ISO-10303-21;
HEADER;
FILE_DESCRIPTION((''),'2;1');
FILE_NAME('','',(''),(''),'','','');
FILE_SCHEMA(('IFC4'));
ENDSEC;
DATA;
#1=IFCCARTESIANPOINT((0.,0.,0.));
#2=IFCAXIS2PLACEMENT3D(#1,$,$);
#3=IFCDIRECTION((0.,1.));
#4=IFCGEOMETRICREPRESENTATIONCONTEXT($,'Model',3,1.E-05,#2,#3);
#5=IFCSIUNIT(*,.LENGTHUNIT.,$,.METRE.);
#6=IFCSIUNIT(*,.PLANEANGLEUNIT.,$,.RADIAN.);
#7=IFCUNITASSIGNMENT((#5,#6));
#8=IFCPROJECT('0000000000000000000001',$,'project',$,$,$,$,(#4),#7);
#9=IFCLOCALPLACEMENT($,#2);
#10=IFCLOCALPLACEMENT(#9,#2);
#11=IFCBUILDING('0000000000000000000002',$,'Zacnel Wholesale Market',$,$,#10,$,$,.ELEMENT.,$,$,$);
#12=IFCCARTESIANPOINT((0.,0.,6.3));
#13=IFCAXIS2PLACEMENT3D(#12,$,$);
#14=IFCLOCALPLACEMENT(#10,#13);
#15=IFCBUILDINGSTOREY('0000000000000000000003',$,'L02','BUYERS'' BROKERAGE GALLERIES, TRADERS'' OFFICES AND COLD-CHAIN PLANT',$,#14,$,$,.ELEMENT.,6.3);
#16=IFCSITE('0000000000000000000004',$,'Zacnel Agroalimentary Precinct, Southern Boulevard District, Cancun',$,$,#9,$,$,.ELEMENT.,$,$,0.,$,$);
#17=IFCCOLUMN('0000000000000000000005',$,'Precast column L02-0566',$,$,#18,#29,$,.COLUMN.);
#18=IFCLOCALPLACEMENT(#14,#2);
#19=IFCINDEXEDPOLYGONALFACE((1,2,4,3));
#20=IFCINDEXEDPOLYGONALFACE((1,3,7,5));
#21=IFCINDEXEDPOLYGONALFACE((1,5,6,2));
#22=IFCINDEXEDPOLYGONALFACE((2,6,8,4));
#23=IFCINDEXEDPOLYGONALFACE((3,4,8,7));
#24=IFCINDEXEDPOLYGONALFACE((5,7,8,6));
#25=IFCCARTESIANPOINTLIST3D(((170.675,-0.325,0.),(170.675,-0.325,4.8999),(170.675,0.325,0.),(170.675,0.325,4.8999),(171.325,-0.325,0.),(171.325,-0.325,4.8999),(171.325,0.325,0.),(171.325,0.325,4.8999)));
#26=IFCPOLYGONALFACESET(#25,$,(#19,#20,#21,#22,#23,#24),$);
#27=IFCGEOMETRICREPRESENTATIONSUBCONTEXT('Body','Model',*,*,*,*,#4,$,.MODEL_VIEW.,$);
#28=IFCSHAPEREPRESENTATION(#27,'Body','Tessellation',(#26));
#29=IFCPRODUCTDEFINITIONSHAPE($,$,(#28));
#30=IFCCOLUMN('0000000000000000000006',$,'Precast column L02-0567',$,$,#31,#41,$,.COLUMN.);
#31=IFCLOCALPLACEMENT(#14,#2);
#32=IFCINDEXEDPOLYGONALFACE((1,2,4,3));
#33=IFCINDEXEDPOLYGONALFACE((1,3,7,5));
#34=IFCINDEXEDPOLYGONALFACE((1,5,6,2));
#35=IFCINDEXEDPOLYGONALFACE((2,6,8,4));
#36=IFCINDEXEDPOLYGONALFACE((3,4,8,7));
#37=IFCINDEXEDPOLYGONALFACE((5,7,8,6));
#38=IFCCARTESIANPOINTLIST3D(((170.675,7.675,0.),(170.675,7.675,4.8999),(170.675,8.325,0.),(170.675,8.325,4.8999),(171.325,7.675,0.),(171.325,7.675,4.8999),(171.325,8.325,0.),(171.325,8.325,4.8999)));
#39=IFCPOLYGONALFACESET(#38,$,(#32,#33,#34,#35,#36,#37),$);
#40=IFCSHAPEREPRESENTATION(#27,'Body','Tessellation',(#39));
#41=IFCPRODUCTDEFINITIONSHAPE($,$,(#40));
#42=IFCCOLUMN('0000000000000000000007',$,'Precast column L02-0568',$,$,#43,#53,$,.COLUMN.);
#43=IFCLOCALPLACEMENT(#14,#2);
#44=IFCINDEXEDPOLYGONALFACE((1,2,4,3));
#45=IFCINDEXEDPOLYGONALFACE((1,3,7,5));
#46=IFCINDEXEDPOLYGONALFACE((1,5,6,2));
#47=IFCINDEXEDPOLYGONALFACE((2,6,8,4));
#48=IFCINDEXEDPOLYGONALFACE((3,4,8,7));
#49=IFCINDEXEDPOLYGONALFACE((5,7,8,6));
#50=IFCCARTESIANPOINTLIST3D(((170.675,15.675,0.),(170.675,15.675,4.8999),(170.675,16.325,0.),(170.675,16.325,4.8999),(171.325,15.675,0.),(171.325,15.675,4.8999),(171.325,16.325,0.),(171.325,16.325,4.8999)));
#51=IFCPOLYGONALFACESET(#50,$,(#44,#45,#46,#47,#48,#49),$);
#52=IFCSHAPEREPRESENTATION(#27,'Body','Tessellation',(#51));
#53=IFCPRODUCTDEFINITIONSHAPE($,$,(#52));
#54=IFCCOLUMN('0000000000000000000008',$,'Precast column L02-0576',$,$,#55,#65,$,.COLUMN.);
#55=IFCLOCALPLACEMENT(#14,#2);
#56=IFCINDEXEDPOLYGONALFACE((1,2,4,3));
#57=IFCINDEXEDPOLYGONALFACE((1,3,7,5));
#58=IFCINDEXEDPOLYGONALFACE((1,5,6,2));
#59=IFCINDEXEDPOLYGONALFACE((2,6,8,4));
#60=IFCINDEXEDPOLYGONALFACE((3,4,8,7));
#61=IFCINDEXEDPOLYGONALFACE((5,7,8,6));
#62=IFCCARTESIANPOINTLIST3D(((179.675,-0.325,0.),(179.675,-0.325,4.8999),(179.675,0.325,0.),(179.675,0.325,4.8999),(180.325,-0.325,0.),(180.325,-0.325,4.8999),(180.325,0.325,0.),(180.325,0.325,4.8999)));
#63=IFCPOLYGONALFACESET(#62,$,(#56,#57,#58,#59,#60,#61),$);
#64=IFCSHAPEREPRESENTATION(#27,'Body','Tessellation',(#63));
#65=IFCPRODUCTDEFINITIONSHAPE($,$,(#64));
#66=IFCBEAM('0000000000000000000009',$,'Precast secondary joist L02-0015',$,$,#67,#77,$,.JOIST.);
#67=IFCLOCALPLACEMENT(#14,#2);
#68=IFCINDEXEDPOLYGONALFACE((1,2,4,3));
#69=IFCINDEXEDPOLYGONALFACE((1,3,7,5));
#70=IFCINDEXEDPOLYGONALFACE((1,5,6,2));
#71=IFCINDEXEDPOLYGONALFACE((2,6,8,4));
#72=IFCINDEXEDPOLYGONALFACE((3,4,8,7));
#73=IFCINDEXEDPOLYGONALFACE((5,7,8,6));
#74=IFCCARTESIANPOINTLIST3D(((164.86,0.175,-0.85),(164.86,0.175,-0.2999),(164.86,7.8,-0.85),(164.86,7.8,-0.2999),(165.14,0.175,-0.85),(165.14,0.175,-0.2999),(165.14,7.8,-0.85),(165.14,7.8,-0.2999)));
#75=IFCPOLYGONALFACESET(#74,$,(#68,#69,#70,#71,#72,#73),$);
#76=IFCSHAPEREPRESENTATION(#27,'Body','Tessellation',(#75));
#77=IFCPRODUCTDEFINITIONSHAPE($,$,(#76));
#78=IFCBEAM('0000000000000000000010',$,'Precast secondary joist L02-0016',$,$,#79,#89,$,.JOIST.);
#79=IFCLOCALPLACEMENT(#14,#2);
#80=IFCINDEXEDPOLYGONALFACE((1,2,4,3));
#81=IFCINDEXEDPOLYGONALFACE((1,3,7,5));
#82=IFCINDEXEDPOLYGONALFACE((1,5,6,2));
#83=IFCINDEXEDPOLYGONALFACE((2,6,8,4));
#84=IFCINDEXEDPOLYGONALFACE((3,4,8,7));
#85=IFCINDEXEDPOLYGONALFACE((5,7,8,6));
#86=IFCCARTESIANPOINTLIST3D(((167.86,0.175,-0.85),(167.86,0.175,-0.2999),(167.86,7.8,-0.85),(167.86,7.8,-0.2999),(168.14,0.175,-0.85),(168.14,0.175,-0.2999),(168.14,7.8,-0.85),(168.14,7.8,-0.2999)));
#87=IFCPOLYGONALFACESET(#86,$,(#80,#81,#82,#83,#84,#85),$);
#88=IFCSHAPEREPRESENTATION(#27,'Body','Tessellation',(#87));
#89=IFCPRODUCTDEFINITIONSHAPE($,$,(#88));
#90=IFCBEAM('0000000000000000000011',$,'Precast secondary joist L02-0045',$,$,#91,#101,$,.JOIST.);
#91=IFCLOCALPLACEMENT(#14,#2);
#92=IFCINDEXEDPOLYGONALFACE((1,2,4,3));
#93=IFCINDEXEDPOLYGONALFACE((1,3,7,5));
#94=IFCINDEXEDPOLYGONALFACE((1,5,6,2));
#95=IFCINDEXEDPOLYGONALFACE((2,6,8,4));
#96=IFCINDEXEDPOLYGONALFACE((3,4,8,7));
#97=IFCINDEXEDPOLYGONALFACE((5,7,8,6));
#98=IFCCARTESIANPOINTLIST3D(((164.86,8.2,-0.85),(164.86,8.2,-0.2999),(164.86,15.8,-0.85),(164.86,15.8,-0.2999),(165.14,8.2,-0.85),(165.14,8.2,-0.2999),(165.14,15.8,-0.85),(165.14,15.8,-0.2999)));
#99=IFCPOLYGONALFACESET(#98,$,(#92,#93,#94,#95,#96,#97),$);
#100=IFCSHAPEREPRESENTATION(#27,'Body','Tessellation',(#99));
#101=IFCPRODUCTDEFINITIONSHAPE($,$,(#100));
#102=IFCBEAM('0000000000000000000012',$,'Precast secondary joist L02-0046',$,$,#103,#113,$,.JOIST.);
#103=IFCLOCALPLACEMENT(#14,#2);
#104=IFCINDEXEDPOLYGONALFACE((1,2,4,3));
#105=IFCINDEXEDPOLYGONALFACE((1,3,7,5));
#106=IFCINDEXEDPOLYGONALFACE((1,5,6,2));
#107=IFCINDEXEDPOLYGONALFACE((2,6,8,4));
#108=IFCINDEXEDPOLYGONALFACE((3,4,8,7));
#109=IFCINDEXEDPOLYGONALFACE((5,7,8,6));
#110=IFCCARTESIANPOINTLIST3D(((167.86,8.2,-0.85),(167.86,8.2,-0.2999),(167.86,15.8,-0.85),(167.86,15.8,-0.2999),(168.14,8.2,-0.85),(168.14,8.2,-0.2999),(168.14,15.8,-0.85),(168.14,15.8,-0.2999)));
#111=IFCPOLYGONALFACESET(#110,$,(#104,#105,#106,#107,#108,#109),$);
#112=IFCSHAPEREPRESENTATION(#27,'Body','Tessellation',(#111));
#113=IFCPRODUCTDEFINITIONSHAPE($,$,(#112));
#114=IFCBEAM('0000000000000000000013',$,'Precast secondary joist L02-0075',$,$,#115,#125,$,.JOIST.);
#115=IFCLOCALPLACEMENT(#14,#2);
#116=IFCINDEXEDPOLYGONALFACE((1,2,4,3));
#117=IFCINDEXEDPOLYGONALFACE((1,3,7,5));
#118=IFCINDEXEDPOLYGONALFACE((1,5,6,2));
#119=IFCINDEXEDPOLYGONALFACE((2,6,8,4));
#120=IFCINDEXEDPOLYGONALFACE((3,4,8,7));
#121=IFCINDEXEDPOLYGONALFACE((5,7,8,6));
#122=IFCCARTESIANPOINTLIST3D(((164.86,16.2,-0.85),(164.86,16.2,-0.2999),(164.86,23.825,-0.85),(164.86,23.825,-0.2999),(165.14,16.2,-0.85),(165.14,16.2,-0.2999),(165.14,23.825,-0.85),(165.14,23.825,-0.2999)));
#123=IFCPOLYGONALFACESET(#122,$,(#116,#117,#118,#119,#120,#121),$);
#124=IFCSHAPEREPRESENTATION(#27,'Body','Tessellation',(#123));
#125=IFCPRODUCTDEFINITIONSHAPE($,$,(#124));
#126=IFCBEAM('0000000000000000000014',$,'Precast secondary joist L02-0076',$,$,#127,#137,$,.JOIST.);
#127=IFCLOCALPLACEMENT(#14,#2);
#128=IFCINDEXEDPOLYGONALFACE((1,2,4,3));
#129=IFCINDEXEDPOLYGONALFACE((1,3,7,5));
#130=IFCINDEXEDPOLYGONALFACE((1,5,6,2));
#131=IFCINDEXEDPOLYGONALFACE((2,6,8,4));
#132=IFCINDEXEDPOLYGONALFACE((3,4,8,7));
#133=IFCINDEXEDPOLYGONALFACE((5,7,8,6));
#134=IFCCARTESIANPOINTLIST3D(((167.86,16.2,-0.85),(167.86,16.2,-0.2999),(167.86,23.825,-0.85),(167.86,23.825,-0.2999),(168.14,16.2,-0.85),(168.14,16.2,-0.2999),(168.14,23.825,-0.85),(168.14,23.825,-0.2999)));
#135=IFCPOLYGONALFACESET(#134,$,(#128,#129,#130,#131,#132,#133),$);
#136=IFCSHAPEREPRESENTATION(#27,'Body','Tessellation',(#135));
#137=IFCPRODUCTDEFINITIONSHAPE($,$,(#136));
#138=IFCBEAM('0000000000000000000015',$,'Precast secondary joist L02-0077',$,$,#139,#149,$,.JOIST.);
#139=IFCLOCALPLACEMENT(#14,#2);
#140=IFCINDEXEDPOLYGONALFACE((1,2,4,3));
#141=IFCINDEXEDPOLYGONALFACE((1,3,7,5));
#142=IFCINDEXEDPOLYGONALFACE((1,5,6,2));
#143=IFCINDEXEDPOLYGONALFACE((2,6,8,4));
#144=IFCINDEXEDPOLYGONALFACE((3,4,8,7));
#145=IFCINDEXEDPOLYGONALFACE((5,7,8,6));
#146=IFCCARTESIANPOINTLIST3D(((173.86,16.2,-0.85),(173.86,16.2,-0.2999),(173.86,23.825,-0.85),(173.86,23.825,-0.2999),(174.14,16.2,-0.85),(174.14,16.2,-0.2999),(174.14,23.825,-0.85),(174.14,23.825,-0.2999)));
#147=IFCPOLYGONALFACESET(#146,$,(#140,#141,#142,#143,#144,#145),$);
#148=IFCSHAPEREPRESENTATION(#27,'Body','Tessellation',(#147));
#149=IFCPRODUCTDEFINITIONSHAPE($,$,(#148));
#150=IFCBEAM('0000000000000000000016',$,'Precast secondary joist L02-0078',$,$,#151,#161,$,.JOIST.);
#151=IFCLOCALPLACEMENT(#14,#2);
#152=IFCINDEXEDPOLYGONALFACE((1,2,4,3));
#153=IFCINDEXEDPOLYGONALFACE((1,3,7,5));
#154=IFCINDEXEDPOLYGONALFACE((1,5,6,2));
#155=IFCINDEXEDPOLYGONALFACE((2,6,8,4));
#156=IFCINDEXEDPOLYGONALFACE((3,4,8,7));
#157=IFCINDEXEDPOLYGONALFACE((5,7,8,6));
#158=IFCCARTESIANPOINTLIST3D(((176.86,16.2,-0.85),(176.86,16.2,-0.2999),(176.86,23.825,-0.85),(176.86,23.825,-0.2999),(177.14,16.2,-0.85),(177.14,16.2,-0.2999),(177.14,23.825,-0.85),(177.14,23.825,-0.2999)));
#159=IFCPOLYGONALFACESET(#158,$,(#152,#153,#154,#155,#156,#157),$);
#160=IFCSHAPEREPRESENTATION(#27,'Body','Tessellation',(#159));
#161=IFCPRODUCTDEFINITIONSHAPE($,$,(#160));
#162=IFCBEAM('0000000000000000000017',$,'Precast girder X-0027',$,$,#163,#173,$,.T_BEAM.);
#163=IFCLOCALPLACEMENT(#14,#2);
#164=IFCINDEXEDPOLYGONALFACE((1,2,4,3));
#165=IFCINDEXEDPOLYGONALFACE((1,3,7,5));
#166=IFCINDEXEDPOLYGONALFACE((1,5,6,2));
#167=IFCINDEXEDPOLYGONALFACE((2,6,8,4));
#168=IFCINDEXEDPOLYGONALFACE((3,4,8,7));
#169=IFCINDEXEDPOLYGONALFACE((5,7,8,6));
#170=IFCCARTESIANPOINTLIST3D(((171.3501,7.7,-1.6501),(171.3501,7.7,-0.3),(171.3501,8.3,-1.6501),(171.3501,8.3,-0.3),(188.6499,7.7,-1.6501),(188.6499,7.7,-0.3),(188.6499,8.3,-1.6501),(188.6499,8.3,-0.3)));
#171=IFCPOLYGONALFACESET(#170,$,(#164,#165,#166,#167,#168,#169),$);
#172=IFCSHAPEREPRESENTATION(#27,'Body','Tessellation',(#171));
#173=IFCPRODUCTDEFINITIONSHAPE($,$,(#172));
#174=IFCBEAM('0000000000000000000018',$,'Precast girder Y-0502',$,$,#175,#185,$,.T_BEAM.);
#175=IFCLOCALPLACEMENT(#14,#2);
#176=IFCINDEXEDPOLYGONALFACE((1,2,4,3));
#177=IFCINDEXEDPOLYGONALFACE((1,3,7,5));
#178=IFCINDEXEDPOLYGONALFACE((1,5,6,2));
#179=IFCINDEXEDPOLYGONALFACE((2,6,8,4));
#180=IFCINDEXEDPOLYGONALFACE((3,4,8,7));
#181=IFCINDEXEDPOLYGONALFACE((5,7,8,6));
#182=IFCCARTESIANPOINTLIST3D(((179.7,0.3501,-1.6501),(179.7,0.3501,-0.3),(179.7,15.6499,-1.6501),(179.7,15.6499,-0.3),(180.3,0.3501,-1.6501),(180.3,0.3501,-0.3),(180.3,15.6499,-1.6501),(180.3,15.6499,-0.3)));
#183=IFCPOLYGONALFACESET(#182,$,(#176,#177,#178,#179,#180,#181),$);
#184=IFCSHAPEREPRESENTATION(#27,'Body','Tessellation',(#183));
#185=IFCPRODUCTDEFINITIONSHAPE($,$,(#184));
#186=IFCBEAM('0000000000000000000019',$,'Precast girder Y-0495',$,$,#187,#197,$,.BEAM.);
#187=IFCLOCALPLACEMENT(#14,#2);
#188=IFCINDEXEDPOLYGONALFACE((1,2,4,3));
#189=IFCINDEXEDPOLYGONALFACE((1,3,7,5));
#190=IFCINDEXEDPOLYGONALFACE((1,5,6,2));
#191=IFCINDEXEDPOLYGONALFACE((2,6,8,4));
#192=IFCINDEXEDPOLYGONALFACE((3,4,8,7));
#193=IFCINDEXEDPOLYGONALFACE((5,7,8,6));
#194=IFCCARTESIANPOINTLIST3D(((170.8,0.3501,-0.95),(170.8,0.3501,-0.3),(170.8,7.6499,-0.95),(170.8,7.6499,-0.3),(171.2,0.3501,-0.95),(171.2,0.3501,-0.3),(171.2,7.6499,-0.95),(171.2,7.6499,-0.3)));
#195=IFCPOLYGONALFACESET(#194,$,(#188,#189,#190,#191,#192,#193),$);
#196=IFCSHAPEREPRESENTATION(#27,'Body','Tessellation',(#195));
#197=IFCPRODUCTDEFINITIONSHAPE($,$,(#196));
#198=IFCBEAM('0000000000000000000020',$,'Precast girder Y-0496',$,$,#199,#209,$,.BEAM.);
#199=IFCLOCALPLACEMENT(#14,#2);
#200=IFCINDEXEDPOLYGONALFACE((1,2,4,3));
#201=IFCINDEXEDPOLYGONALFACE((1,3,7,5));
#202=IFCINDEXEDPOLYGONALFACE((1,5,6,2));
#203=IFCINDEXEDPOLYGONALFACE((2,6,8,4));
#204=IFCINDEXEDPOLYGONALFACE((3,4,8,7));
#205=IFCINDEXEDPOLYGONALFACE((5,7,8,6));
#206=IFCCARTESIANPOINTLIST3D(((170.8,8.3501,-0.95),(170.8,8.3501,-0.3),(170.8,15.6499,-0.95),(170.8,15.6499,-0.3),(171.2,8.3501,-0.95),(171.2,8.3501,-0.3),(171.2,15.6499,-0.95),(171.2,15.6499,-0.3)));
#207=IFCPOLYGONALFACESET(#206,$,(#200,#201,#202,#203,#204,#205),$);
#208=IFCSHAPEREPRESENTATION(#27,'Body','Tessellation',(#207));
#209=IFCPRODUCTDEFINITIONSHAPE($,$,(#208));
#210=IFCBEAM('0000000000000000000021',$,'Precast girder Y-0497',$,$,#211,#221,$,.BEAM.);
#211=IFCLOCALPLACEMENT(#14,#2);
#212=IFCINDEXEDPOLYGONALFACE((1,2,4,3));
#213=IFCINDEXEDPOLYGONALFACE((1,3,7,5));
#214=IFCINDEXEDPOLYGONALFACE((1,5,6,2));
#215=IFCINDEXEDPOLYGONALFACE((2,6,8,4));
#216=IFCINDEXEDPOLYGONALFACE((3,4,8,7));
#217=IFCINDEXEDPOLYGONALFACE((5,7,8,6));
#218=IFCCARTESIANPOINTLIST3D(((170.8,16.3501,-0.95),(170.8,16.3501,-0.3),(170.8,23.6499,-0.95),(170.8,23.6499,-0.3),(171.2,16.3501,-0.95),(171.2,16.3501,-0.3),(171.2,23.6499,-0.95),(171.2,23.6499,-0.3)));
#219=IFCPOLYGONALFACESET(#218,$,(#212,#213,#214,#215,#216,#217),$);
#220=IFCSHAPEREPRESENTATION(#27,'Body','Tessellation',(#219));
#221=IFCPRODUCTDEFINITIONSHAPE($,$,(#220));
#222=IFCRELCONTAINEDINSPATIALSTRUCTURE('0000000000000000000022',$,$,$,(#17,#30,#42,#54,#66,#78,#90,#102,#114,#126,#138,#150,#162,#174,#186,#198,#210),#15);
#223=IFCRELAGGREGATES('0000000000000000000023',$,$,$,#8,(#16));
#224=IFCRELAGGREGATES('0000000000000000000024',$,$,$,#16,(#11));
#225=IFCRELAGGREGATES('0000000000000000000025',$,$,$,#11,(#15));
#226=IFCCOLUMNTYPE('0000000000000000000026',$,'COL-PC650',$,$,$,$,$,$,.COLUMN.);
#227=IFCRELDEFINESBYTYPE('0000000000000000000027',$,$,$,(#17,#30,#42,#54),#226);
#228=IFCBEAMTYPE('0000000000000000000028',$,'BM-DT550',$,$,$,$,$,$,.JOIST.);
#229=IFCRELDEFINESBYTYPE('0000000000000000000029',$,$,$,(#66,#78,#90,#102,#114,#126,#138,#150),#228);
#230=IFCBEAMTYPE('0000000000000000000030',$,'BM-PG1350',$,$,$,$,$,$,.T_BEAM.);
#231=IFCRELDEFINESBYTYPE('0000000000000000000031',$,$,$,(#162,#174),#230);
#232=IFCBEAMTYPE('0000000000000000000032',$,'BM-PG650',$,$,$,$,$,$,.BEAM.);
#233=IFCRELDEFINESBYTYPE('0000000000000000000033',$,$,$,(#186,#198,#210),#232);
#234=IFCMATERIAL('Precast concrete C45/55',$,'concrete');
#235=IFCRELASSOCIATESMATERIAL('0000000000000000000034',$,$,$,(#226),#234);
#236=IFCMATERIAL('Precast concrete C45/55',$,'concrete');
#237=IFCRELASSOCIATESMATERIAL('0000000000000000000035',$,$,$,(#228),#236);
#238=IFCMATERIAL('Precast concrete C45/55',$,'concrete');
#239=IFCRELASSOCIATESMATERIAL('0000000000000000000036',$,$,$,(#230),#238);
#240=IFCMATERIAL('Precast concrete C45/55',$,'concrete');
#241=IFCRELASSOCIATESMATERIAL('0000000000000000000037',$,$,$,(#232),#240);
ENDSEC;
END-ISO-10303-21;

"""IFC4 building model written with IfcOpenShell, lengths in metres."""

from ifc_helpers import new_model, si_unit, direction, frame, origin, origin_2d, place, context, subcontext, project, spatial, rectangle, extrude, material, material_profile, profile_set, type_object, element, save


model = new_model("IFC4")

# Units and contexts
model_context = context("Model", 3, precision=1e-05, world=origin(), true_north=direction((0.0, 1.0)))
body_context = subcontext(model_context, "Body", "Model", "MODEL_VIEW")
ifc_project = project(units=[si_unit("LENGTHUNIT", "METRE"), si_unit("PLANEANGLEUNIT", "RADIAN")], contexts=[model_context])

# Site, building, storey
site_placement = place(None, origin())
site = spatial("IfcSite", under=ifc_project, at=site_placement, Name="Zacnel Agroalimentary Precinct, Southern Boulevard District, Cancun", CompositionType="ELEMENT", RefElevation=0.0)
building_placement = place(site_placement, origin())
building = spatial("IfcBuilding", under=site, at=building_placement, Name="Zacnel Wholesale Market", CompositionType="ELEMENT")
storey_placement = place(building_placement, frame((0.0, 0.0, 6.3)))
storey = spatial("IfcBuildingStorey", under=building, at=storey_placement, Name="L02", Description="BUYERS' BROKERAGE GALLERIES, TRADERS' OFFICES AND COLD-CHAIN PLANT", CompositionType="ELEMENT", Elevation=6.3)

# Columns
ifc_material_1 = material(Name="Precast concrete C45/55", Category="concrete")
ifc_material_profile_1 = material_profile(ifc_material_1, rectangle(XDim=0.6499, YDim=0.6499, at=origin_2d()), Name="PC 650x650")
ifc_profile_set_1 = profile_set([ifc_material_profile_1], Name="Precast concrete C45/55")
column_type = type_object("IfcColumnType", Name="COL-PC650", PredefinedType="COLUMN", material=ifc_profile_set_1)
for number, where, z_axis, x_axis, name in (
    (1, (171.0, 0.0, 0.0), (0.0, 0.0, 1.0), (1.0, 0.0, 0.0), "Precast column L02-0566"),
    (2, (171.0, 8.0, 0.0), (0.0, 0.0, 1.0), (1.0, 0.0, 0.0), "Precast column L02-0567"),
    (3, (171.0, 16.0, 0.0), (0.0, 0.0, 1.0), (1.0, 0.0, 0.0), "Precast column L02-0568"),
    (4, (180.0, 0.0, 0.0), (0.0, 0.0, 1.0), (1.0, 0.0, 0.0), "Precast column L02-0576"),
):
    element("IfcColumn", number, at=place(storey_placement, frame(where, z_axis=z_axis, x_axis=x_axis)), inside=storey, type_object=column_type, Name=name, PredefinedType="COLUMN", context=body_context, shape_type="SweptSolid", body=[
        extrude(rectangle(XDim=0.6499, YDim=0.6499, at=origin_2d()), origin(), (0.0, 0.0, 1.0), 4.8999),
    ])

# Beams
ifc_material_2 = material(Name="Precast concrete C45/55", Category="concrete")
ifc_material_profile_2 = material_profile(ifc_material_2, rectangle(XDim=0.28, YDim=0.55, at=origin_2d()), Name="DT RIB 280x550")
ifc_profile_set_2 = profile_set([ifc_material_profile_2], Name="Precast concrete C45/55")
beam_type_1 = type_object("IfcBeamType", Name="BM-DT550", PredefinedType="JOIST", material=ifc_profile_set_2)
for number, where, z_axis, x_axis, name in (
    (5, (165.0, 0.175, -0.575), (0.0, 1.0, 0.0), (-1.0, 0.0, 0.0), "Precast secondary joist L02-0015"),
    (6, (168.0, 0.175, -0.575), (0.0, 1.0, 0.0), (-1.0, 0.0, 0.0), "Precast secondary joist L02-0016"),
):
    element("IfcBeam", number, at=place(storey_placement, frame(where, z_axis=z_axis, x_axis=x_axis)), inside=storey, type_object=beam_type_1, Name=name, PredefinedType="JOIST", context=body_context, shape_type="SweptSolid", body=[
        extrude(rectangle(XDim=0.28, YDim=0.55, at=origin_2d()), origin(), (0.0, 0.0, 1.0), 7.625),
    ])
for number, where, z_axis, x_axis, name in (
    (7, (165.0, 8.2, -0.575), (0.0, 1.0, 0.0), (-1.0, 0.0, 0.0), "Precast secondary joist L02-0045"),
    (8, (168.0, 8.2, -0.575), (0.0, 1.0, 0.0), (-1.0, 0.0, 0.0), "Precast secondary joist L02-0046"),
):
    element("IfcBeam", number, at=place(storey_placement, frame(where, z_axis=z_axis, x_axis=x_axis)), inside=storey, type_object=beam_type_1, Name=name, PredefinedType="JOIST", context=body_context, shape_type="SweptSolid", body=[
        extrude(rectangle(XDim=0.28, YDim=0.55, at=origin_2d()), origin(), (0.0, 0.0, 1.0), 7.6001),
    ])
for number, where, z_axis, x_axis, name in (
    (9, (165.0, 16.2, -0.575), (0.0, 1.0, 0.0), (-1.0, 0.0, 0.0), "Precast secondary joist L02-0075"),
    (10, (168.0, 16.2, -0.575), (0.0, 1.0, 0.0), (-1.0, 0.0, 0.0), "Precast secondary joist L02-0076"),
    (11, (174.0, 16.2, -0.575), (0.0, 1.0, 0.0), (-1.0, 0.0, 0.0), "Precast secondary joist L02-0077"),
    (12, (177.0, 16.2, -0.575), (0.0, 1.0, 0.0), (-1.0, 0.0, 0.0), "Precast secondary joist L02-0078"),
):
    element("IfcBeam", number, at=place(storey_placement, frame(where, z_axis=z_axis, x_axis=x_axis)), inside=storey, type_object=beam_type_1, Name=name, PredefinedType="JOIST", context=body_context, shape_type="SweptSolid", body=[
        extrude(rectangle(XDim=0.28, YDim=0.55, at=origin_2d()), origin(), (0.0, 0.0, 1.0), 7.625),
    ])
ifc_material_3 = material(Name="Precast concrete C45/55", Category="concrete")
ifc_material_profile_3 = material_profile(ifc_material_3, rectangle(XDim=0.6001, YDim=1.3501, at=origin_2d()), Name="PG 600x1350")
ifc_profile_set_3 = profile_set([ifc_material_profile_3], Name="Precast concrete C45/55")
beam_type_2 = type_object("IfcBeamType", Name="BM-PG1350", PredefinedType="T_BEAM", material=ifc_profile_set_3)
beam_1_placement = place(storey_placement, frame((171.3501, 8.0, -0.9751), z_axis=(1.0, 0.0, 0.0), x_axis=(0.0, 1.0, 0.0)))
element("IfcBeam", 13, at=beam_1_placement, inside=storey, type_object=beam_type_2, Name="Precast girder X-0027", PredefinedType="T_BEAM", context=body_context, shape_type="SweptSolid", body=[
    extrude(rectangle(XDim=0.6001, YDim=1.3501, at=origin_2d()), origin(), (0.0, 0.0, 1.0), 17.2998),
])
beam_2_placement = place(storey_placement, frame((180.0, 0.3501, -0.9751), z_axis=(0.0, 1.0, 0.0), x_axis=(-1.0, 0.0, 0.0)))
element("IfcBeam", 14, at=beam_2_placement, inside=storey, type_object=beam_type_2, Name="Precast girder Y-0502", PredefinedType="T_BEAM", context=body_context, shape_type="SweptSolid", body=[
    extrude(rectangle(XDim=0.6001, YDim=1.3501, at=origin_2d()), origin(), (0.0, 0.0, 1.0), 15.2998),
])
ifc_material_4 = material(Name="Precast concrete C45/55", Category="concrete")
ifc_material_profile_4 = material_profile(ifc_material_4, rectangle(XDim=0.3999, YDim=0.6499, at=origin_2d()), Name="PG 400x650")
ifc_profile_set_4 = profile_set([ifc_material_profile_4], Name="Precast concrete C45/55")
beam_type_3 = type_object("IfcBeamType", Name="BM-PG650", PredefinedType="BEAM", material=ifc_profile_set_4)
for number, where, z_axis, x_axis, name in (
    (15, (171.0, 0.3501, -0.625), (0.0, 1.0, 0.0), (-1.0, 0.0, 0.0), "Precast girder Y-0495"),
    (16, (171.0, 8.3501, -0.625), (0.0, 1.0, 0.0), (-1.0, 0.0, 0.0), "Precast girder Y-0496"),
    (17, (171.0, 16.3501, -0.625), (0.0, 1.0, 0.0), (-1.0, 0.0, 0.0), "Precast girder Y-0497"),
):
    element("IfcBeam", number, at=place(storey_placement, frame(where, z_axis=z_axis, x_axis=x_axis)), inside=storey, type_object=beam_type_3, Name=name, PredefinedType="BEAM", context=body_context, shape_type="SweptSolid", body=[
        extrude(rectangle(XDim=0.3999, YDim=0.6499, at=origin_2d()), origin(), (0.0, 0.0, 1.0), 7.2998),
    ])

save(model, "model.ifc")
